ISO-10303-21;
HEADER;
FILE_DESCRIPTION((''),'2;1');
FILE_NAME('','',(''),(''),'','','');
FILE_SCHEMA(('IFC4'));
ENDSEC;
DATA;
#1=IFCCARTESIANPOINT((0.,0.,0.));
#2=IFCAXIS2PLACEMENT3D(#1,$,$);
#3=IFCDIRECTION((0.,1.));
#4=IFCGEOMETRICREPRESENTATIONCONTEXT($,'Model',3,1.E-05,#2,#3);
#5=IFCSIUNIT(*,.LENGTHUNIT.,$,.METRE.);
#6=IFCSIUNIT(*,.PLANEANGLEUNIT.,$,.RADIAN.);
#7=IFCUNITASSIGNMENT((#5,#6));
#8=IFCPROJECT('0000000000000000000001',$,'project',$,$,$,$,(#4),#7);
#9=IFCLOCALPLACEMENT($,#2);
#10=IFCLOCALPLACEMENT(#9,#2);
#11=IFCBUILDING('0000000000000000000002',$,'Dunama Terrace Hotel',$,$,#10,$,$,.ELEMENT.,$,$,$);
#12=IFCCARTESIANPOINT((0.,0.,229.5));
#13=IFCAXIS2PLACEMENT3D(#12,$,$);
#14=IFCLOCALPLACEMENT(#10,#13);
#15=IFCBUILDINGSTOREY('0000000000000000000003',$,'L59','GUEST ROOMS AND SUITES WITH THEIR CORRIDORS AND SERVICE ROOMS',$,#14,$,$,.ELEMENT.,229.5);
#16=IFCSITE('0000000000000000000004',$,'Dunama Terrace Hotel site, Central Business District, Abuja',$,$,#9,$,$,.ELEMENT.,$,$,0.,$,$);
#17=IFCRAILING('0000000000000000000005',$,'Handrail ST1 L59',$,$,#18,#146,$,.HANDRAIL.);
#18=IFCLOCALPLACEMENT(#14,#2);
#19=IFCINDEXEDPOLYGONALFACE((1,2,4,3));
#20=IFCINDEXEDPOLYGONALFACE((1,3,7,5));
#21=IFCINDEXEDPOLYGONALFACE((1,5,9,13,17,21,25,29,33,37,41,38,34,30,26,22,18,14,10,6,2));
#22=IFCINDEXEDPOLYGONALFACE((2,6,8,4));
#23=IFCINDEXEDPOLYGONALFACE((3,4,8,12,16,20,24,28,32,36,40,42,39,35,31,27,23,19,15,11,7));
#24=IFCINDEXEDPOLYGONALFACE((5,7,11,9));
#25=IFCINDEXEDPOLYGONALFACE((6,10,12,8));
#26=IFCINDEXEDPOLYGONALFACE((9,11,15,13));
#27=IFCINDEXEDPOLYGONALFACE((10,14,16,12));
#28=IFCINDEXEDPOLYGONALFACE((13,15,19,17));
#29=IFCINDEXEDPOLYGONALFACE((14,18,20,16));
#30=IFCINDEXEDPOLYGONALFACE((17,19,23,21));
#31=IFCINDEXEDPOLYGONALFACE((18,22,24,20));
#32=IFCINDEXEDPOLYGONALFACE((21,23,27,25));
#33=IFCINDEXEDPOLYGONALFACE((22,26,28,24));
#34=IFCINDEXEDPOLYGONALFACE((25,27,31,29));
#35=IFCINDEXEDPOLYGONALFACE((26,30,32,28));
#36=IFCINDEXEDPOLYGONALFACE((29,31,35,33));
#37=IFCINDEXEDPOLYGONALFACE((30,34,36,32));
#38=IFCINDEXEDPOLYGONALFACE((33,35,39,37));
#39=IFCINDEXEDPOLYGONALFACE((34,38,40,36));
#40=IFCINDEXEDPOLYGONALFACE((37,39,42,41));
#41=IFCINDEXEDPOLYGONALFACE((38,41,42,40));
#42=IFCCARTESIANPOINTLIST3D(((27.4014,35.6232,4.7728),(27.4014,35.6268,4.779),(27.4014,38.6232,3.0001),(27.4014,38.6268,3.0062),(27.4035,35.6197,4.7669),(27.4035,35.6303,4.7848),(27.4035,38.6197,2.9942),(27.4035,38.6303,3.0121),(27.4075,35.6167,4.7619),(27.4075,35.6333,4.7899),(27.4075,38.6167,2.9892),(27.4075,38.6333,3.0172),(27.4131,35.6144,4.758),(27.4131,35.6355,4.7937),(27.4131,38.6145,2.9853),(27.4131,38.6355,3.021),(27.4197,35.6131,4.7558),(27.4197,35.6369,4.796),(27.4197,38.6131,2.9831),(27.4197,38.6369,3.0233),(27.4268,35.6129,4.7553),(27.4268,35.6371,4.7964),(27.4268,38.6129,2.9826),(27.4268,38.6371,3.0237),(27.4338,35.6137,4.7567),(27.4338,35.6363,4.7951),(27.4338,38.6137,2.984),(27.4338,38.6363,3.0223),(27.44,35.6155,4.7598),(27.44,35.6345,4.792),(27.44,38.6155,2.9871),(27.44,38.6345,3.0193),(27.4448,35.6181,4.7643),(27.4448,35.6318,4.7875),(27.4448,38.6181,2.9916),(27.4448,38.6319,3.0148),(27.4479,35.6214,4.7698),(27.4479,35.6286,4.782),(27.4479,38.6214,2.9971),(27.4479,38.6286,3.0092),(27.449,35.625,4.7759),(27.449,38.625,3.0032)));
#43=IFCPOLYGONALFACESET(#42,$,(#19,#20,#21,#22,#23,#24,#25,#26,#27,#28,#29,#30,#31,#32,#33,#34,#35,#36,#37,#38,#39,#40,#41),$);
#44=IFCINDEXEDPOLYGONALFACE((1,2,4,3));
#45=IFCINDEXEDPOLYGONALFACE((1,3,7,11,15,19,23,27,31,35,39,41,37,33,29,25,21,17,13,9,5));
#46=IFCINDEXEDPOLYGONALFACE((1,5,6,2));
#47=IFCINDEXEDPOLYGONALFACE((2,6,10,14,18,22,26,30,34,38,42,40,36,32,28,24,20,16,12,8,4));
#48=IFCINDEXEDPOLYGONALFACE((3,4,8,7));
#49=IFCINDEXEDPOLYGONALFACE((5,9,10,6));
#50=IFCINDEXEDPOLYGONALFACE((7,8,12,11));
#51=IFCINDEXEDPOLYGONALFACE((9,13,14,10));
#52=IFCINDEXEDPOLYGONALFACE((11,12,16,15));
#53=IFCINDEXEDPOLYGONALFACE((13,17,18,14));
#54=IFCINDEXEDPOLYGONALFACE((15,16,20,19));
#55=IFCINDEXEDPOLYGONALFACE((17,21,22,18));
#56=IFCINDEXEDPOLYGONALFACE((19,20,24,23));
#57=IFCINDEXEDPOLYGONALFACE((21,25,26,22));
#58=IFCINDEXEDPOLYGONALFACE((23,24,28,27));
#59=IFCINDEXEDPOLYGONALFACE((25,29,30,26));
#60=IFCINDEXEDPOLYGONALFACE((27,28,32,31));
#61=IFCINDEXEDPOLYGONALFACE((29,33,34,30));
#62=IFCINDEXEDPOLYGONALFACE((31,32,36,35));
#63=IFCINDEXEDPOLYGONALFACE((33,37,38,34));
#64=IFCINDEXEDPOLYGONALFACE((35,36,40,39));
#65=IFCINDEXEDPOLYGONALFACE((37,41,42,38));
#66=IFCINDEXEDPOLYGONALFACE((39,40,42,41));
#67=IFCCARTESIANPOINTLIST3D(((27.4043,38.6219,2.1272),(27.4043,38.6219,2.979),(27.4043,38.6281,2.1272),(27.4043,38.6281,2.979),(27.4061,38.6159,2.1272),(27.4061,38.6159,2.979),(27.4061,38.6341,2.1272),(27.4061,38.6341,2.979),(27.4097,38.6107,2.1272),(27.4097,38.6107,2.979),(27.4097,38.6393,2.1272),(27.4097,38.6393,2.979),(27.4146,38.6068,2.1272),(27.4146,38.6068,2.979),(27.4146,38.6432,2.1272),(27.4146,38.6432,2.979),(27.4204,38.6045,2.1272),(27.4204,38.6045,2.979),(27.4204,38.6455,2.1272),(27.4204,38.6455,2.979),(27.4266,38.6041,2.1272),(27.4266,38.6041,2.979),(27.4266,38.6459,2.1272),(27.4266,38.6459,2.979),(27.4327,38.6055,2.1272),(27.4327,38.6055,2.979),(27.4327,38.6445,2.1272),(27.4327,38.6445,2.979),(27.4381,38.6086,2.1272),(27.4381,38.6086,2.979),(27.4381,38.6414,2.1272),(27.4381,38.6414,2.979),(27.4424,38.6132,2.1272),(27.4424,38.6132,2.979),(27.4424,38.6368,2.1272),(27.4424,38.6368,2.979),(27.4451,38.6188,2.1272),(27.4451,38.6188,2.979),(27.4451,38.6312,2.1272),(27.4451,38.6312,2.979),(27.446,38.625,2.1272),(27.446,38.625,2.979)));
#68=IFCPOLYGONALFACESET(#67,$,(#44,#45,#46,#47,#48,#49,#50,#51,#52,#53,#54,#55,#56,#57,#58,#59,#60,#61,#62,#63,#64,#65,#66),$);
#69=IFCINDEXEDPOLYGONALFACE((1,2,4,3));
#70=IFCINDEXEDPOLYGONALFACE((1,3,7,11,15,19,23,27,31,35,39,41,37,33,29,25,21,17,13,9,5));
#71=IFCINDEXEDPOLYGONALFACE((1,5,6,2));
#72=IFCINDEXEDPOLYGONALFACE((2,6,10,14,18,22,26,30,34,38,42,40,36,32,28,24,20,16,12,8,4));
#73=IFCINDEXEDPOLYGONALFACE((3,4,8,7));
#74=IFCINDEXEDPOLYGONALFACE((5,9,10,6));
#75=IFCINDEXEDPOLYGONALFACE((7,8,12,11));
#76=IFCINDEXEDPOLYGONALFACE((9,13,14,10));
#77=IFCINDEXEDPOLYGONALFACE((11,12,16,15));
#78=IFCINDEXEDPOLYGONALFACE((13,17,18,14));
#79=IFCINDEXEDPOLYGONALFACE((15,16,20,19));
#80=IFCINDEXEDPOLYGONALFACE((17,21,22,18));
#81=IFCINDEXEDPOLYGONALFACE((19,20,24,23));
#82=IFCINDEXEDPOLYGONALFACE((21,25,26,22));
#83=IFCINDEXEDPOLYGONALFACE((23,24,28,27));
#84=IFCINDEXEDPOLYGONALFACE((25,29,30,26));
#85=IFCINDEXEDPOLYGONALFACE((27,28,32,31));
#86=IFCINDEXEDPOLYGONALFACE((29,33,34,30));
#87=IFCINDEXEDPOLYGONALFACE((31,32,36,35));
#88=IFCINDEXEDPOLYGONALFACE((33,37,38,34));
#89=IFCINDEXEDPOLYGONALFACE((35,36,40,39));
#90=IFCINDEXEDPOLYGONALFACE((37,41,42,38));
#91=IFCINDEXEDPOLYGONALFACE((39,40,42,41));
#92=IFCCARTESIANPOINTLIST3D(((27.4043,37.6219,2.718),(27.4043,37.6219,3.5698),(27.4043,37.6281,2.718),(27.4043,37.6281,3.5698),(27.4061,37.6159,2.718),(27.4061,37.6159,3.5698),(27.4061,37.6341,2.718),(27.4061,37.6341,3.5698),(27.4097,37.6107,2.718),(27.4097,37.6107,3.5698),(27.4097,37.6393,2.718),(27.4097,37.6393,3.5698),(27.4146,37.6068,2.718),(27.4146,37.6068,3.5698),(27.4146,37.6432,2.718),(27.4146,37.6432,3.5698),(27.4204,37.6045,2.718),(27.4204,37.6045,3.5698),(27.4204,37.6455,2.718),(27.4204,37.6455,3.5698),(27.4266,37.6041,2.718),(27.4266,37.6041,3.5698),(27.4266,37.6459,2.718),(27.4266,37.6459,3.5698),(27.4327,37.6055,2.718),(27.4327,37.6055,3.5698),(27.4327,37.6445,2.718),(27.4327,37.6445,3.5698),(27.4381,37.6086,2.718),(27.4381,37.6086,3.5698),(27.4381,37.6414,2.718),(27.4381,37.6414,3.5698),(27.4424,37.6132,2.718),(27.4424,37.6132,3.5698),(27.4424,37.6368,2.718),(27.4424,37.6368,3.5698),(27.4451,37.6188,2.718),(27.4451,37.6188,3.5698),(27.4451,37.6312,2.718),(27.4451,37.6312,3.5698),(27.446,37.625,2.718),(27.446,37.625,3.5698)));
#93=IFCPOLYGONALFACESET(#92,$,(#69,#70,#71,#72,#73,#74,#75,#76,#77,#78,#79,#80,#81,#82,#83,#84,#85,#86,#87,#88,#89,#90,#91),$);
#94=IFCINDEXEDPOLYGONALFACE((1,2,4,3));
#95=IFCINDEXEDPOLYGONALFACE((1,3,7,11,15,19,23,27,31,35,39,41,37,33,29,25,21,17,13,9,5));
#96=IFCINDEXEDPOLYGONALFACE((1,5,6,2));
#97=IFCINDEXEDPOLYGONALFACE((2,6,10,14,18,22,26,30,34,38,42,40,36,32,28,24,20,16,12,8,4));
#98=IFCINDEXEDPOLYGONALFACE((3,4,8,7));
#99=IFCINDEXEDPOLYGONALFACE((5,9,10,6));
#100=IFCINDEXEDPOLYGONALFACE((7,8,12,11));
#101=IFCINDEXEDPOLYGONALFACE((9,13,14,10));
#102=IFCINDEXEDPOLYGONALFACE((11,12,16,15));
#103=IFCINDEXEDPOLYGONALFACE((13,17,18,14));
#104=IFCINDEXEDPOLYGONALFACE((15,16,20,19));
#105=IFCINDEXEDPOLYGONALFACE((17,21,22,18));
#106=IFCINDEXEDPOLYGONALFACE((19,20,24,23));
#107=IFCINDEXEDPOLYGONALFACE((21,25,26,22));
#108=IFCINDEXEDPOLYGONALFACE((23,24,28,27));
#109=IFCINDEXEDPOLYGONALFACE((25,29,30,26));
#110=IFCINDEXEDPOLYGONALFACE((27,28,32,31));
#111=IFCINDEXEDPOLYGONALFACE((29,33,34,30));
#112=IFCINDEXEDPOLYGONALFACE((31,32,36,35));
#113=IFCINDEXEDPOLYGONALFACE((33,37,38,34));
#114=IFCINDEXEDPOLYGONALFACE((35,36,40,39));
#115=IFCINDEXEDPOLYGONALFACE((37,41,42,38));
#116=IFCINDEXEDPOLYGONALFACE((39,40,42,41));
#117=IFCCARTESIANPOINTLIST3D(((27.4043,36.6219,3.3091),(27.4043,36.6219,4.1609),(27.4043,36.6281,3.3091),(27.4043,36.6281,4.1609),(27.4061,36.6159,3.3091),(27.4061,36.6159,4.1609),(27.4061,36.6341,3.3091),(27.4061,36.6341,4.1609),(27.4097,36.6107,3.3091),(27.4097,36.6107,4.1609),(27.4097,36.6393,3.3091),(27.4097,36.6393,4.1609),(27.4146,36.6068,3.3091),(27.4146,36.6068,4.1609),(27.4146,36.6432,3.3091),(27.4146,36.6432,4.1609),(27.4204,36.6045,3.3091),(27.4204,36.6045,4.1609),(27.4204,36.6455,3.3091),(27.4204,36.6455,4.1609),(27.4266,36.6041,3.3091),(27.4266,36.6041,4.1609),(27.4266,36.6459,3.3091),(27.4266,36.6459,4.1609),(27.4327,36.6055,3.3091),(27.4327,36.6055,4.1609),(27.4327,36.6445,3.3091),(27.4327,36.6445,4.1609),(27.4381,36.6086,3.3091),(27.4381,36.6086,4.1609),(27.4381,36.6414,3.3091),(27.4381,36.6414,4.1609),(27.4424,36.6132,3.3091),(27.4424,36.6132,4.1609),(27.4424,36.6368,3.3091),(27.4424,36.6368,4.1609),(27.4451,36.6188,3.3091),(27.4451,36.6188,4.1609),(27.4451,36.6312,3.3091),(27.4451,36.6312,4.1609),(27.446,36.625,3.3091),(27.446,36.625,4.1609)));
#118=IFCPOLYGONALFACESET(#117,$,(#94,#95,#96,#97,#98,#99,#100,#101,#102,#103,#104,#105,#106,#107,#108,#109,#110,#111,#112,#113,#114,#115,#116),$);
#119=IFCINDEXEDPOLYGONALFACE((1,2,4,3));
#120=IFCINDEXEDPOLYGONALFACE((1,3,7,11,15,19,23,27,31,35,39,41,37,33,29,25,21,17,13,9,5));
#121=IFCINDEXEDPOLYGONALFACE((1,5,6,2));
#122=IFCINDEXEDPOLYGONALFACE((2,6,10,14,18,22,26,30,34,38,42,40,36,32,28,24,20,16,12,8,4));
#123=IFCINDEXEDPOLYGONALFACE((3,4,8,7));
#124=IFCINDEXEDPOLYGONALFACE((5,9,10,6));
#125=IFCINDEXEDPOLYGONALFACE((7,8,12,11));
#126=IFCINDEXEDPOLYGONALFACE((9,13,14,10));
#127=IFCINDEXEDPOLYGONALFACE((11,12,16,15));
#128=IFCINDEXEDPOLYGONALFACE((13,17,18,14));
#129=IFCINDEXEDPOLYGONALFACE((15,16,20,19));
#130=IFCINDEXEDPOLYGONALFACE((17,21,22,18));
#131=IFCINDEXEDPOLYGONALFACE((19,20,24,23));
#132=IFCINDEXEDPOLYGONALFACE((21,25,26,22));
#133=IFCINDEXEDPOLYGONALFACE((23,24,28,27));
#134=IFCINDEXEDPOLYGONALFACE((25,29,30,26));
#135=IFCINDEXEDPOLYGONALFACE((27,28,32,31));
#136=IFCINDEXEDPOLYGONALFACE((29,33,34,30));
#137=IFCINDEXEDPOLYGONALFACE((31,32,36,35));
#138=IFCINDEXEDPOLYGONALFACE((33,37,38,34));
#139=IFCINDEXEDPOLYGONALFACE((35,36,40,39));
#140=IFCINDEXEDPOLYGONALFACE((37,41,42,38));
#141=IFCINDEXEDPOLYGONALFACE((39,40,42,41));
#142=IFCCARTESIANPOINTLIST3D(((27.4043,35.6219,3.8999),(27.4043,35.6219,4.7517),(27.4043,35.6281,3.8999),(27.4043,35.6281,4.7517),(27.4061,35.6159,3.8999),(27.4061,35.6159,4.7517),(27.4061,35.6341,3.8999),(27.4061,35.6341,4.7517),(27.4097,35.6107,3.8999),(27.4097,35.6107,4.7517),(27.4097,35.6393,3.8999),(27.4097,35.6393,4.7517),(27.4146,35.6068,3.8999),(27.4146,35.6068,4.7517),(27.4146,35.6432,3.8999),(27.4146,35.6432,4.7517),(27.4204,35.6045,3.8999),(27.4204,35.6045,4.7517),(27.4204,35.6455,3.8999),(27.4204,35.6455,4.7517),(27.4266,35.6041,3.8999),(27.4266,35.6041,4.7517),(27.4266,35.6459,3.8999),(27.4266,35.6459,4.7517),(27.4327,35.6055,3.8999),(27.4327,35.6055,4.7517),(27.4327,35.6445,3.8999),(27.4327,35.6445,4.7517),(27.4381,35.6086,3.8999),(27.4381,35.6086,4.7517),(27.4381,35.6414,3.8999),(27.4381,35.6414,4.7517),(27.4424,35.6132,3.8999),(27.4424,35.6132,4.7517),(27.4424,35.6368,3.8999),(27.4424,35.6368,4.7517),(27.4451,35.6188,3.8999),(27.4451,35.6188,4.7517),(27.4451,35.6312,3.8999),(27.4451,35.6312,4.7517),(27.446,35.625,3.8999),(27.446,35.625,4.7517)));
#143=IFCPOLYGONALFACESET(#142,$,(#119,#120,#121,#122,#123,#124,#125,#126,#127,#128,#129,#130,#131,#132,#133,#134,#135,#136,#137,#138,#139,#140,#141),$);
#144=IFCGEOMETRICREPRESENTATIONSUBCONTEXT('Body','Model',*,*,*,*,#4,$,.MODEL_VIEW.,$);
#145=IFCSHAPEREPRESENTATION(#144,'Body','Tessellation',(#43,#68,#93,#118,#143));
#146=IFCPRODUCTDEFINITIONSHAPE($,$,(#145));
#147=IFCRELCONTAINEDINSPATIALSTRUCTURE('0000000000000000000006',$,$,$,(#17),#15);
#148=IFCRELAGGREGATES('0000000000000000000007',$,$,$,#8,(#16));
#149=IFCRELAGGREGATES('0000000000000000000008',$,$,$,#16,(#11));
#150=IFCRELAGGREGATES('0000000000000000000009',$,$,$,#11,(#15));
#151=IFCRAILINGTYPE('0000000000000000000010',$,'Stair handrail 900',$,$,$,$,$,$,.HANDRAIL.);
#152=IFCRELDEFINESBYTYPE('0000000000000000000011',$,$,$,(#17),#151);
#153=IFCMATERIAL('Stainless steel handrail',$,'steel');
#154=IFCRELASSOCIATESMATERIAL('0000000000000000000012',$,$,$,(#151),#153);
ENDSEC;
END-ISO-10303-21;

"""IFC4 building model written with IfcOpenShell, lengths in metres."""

from ifc_helpers import new_model, si_unit, direction, frame, origin, origin_2d, place, context, subcontext, project, spatial, circle, extrude, material, type_object, element, save


model = new_model("IFC4")

# Units and contexts
model_context = context("Model", 3, precision=1e-05, world=origin(), true_north=direction((0.0, 1.0)))
body_context = subcontext(model_context, "Body", "Model", "MODEL_VIEW")
ifc_project = project(units=[si_unit("LENGTHUNIT", "METRE"), si_unit("PLANEANGLEUNIT", "RADIAN")], contexts=[model_context])

# Site, building, storey
site_placement = place(None, origin())
site = spatial("IfcSite", under=ifc_project, at=site_placement, Name="Dunama Terrace Hotel site, Central Business District, Abuja", CompositionType="ELEMENT", RefElevation=0.0)
building_placement = place(site_placement, origin())
building = spatial("IfcBuilding", under=site, at=building_placement, Name="Dunama Terrace Hotel", CompositionType="ELEMENT")
storey_placement = place(building_placement, frame((0.0, 0.0, 229.5)))
storey = spatial("IfcBuildingStorey", under=building, at=storey_placement, Name="L59", Description="GUEST ROOMS AND SUITES WITH THEIR CORRIDORS AND SERVICE ROOMS", CompositionType="ELEMENT", Elevation=229.5)

# Railing
ifc_material_1 = material(Name="Stainless steel handrail", Category="steel")
railing_type = type_object("IfcRailingType", Name="Stair handrail 900", PredefinedType="HANDRAIL", material=ifc_material_1)
railing_1_placement = place(storey_placement, frame((27.425, 38.625, 2.1272)))
element("IfcRailing", 1, at=railing_1_placement, inside=storey, type_object=railing_type, Name="Handrail ST1 L59", PredefinedType="HANDRAIL", context=body_context, shape_type="SweptSolid", body=[
    extrude(circle(Radius=0.0239, at=origin_2d()), frame((0.0, 0.0, 0.876), z_axis=(0.0, -0.860929, 0.508725), x_axis=(1.0, 0.0, 0.0)), (0.0, 0.0, 1.0), 3.4846),
    extrude(circle(Radius=0.021, at=origin_2d()), origin(), (0.0, 0.0, 1.0), 0.8518),
    extrude(circle(Radius=0.021, at=origin_2d()), frame((0.0, -1.0, 0.5908)), (0.0, 0.0, 1.0), 0.8518),
    extrude(circle(Radius=0.021, at=origin_2d()), frame((0.0, -2.0, 1.1819)), (0.0, 0.0, 1.0), 0.8518),
    extrude(circle(Radius=0.021, at=origin_2d()), frame((0.0, -3.0, 1.7727)), (0.0, 0.0, 1.0), 0.8518),
])

save(model, "model.ifc")
